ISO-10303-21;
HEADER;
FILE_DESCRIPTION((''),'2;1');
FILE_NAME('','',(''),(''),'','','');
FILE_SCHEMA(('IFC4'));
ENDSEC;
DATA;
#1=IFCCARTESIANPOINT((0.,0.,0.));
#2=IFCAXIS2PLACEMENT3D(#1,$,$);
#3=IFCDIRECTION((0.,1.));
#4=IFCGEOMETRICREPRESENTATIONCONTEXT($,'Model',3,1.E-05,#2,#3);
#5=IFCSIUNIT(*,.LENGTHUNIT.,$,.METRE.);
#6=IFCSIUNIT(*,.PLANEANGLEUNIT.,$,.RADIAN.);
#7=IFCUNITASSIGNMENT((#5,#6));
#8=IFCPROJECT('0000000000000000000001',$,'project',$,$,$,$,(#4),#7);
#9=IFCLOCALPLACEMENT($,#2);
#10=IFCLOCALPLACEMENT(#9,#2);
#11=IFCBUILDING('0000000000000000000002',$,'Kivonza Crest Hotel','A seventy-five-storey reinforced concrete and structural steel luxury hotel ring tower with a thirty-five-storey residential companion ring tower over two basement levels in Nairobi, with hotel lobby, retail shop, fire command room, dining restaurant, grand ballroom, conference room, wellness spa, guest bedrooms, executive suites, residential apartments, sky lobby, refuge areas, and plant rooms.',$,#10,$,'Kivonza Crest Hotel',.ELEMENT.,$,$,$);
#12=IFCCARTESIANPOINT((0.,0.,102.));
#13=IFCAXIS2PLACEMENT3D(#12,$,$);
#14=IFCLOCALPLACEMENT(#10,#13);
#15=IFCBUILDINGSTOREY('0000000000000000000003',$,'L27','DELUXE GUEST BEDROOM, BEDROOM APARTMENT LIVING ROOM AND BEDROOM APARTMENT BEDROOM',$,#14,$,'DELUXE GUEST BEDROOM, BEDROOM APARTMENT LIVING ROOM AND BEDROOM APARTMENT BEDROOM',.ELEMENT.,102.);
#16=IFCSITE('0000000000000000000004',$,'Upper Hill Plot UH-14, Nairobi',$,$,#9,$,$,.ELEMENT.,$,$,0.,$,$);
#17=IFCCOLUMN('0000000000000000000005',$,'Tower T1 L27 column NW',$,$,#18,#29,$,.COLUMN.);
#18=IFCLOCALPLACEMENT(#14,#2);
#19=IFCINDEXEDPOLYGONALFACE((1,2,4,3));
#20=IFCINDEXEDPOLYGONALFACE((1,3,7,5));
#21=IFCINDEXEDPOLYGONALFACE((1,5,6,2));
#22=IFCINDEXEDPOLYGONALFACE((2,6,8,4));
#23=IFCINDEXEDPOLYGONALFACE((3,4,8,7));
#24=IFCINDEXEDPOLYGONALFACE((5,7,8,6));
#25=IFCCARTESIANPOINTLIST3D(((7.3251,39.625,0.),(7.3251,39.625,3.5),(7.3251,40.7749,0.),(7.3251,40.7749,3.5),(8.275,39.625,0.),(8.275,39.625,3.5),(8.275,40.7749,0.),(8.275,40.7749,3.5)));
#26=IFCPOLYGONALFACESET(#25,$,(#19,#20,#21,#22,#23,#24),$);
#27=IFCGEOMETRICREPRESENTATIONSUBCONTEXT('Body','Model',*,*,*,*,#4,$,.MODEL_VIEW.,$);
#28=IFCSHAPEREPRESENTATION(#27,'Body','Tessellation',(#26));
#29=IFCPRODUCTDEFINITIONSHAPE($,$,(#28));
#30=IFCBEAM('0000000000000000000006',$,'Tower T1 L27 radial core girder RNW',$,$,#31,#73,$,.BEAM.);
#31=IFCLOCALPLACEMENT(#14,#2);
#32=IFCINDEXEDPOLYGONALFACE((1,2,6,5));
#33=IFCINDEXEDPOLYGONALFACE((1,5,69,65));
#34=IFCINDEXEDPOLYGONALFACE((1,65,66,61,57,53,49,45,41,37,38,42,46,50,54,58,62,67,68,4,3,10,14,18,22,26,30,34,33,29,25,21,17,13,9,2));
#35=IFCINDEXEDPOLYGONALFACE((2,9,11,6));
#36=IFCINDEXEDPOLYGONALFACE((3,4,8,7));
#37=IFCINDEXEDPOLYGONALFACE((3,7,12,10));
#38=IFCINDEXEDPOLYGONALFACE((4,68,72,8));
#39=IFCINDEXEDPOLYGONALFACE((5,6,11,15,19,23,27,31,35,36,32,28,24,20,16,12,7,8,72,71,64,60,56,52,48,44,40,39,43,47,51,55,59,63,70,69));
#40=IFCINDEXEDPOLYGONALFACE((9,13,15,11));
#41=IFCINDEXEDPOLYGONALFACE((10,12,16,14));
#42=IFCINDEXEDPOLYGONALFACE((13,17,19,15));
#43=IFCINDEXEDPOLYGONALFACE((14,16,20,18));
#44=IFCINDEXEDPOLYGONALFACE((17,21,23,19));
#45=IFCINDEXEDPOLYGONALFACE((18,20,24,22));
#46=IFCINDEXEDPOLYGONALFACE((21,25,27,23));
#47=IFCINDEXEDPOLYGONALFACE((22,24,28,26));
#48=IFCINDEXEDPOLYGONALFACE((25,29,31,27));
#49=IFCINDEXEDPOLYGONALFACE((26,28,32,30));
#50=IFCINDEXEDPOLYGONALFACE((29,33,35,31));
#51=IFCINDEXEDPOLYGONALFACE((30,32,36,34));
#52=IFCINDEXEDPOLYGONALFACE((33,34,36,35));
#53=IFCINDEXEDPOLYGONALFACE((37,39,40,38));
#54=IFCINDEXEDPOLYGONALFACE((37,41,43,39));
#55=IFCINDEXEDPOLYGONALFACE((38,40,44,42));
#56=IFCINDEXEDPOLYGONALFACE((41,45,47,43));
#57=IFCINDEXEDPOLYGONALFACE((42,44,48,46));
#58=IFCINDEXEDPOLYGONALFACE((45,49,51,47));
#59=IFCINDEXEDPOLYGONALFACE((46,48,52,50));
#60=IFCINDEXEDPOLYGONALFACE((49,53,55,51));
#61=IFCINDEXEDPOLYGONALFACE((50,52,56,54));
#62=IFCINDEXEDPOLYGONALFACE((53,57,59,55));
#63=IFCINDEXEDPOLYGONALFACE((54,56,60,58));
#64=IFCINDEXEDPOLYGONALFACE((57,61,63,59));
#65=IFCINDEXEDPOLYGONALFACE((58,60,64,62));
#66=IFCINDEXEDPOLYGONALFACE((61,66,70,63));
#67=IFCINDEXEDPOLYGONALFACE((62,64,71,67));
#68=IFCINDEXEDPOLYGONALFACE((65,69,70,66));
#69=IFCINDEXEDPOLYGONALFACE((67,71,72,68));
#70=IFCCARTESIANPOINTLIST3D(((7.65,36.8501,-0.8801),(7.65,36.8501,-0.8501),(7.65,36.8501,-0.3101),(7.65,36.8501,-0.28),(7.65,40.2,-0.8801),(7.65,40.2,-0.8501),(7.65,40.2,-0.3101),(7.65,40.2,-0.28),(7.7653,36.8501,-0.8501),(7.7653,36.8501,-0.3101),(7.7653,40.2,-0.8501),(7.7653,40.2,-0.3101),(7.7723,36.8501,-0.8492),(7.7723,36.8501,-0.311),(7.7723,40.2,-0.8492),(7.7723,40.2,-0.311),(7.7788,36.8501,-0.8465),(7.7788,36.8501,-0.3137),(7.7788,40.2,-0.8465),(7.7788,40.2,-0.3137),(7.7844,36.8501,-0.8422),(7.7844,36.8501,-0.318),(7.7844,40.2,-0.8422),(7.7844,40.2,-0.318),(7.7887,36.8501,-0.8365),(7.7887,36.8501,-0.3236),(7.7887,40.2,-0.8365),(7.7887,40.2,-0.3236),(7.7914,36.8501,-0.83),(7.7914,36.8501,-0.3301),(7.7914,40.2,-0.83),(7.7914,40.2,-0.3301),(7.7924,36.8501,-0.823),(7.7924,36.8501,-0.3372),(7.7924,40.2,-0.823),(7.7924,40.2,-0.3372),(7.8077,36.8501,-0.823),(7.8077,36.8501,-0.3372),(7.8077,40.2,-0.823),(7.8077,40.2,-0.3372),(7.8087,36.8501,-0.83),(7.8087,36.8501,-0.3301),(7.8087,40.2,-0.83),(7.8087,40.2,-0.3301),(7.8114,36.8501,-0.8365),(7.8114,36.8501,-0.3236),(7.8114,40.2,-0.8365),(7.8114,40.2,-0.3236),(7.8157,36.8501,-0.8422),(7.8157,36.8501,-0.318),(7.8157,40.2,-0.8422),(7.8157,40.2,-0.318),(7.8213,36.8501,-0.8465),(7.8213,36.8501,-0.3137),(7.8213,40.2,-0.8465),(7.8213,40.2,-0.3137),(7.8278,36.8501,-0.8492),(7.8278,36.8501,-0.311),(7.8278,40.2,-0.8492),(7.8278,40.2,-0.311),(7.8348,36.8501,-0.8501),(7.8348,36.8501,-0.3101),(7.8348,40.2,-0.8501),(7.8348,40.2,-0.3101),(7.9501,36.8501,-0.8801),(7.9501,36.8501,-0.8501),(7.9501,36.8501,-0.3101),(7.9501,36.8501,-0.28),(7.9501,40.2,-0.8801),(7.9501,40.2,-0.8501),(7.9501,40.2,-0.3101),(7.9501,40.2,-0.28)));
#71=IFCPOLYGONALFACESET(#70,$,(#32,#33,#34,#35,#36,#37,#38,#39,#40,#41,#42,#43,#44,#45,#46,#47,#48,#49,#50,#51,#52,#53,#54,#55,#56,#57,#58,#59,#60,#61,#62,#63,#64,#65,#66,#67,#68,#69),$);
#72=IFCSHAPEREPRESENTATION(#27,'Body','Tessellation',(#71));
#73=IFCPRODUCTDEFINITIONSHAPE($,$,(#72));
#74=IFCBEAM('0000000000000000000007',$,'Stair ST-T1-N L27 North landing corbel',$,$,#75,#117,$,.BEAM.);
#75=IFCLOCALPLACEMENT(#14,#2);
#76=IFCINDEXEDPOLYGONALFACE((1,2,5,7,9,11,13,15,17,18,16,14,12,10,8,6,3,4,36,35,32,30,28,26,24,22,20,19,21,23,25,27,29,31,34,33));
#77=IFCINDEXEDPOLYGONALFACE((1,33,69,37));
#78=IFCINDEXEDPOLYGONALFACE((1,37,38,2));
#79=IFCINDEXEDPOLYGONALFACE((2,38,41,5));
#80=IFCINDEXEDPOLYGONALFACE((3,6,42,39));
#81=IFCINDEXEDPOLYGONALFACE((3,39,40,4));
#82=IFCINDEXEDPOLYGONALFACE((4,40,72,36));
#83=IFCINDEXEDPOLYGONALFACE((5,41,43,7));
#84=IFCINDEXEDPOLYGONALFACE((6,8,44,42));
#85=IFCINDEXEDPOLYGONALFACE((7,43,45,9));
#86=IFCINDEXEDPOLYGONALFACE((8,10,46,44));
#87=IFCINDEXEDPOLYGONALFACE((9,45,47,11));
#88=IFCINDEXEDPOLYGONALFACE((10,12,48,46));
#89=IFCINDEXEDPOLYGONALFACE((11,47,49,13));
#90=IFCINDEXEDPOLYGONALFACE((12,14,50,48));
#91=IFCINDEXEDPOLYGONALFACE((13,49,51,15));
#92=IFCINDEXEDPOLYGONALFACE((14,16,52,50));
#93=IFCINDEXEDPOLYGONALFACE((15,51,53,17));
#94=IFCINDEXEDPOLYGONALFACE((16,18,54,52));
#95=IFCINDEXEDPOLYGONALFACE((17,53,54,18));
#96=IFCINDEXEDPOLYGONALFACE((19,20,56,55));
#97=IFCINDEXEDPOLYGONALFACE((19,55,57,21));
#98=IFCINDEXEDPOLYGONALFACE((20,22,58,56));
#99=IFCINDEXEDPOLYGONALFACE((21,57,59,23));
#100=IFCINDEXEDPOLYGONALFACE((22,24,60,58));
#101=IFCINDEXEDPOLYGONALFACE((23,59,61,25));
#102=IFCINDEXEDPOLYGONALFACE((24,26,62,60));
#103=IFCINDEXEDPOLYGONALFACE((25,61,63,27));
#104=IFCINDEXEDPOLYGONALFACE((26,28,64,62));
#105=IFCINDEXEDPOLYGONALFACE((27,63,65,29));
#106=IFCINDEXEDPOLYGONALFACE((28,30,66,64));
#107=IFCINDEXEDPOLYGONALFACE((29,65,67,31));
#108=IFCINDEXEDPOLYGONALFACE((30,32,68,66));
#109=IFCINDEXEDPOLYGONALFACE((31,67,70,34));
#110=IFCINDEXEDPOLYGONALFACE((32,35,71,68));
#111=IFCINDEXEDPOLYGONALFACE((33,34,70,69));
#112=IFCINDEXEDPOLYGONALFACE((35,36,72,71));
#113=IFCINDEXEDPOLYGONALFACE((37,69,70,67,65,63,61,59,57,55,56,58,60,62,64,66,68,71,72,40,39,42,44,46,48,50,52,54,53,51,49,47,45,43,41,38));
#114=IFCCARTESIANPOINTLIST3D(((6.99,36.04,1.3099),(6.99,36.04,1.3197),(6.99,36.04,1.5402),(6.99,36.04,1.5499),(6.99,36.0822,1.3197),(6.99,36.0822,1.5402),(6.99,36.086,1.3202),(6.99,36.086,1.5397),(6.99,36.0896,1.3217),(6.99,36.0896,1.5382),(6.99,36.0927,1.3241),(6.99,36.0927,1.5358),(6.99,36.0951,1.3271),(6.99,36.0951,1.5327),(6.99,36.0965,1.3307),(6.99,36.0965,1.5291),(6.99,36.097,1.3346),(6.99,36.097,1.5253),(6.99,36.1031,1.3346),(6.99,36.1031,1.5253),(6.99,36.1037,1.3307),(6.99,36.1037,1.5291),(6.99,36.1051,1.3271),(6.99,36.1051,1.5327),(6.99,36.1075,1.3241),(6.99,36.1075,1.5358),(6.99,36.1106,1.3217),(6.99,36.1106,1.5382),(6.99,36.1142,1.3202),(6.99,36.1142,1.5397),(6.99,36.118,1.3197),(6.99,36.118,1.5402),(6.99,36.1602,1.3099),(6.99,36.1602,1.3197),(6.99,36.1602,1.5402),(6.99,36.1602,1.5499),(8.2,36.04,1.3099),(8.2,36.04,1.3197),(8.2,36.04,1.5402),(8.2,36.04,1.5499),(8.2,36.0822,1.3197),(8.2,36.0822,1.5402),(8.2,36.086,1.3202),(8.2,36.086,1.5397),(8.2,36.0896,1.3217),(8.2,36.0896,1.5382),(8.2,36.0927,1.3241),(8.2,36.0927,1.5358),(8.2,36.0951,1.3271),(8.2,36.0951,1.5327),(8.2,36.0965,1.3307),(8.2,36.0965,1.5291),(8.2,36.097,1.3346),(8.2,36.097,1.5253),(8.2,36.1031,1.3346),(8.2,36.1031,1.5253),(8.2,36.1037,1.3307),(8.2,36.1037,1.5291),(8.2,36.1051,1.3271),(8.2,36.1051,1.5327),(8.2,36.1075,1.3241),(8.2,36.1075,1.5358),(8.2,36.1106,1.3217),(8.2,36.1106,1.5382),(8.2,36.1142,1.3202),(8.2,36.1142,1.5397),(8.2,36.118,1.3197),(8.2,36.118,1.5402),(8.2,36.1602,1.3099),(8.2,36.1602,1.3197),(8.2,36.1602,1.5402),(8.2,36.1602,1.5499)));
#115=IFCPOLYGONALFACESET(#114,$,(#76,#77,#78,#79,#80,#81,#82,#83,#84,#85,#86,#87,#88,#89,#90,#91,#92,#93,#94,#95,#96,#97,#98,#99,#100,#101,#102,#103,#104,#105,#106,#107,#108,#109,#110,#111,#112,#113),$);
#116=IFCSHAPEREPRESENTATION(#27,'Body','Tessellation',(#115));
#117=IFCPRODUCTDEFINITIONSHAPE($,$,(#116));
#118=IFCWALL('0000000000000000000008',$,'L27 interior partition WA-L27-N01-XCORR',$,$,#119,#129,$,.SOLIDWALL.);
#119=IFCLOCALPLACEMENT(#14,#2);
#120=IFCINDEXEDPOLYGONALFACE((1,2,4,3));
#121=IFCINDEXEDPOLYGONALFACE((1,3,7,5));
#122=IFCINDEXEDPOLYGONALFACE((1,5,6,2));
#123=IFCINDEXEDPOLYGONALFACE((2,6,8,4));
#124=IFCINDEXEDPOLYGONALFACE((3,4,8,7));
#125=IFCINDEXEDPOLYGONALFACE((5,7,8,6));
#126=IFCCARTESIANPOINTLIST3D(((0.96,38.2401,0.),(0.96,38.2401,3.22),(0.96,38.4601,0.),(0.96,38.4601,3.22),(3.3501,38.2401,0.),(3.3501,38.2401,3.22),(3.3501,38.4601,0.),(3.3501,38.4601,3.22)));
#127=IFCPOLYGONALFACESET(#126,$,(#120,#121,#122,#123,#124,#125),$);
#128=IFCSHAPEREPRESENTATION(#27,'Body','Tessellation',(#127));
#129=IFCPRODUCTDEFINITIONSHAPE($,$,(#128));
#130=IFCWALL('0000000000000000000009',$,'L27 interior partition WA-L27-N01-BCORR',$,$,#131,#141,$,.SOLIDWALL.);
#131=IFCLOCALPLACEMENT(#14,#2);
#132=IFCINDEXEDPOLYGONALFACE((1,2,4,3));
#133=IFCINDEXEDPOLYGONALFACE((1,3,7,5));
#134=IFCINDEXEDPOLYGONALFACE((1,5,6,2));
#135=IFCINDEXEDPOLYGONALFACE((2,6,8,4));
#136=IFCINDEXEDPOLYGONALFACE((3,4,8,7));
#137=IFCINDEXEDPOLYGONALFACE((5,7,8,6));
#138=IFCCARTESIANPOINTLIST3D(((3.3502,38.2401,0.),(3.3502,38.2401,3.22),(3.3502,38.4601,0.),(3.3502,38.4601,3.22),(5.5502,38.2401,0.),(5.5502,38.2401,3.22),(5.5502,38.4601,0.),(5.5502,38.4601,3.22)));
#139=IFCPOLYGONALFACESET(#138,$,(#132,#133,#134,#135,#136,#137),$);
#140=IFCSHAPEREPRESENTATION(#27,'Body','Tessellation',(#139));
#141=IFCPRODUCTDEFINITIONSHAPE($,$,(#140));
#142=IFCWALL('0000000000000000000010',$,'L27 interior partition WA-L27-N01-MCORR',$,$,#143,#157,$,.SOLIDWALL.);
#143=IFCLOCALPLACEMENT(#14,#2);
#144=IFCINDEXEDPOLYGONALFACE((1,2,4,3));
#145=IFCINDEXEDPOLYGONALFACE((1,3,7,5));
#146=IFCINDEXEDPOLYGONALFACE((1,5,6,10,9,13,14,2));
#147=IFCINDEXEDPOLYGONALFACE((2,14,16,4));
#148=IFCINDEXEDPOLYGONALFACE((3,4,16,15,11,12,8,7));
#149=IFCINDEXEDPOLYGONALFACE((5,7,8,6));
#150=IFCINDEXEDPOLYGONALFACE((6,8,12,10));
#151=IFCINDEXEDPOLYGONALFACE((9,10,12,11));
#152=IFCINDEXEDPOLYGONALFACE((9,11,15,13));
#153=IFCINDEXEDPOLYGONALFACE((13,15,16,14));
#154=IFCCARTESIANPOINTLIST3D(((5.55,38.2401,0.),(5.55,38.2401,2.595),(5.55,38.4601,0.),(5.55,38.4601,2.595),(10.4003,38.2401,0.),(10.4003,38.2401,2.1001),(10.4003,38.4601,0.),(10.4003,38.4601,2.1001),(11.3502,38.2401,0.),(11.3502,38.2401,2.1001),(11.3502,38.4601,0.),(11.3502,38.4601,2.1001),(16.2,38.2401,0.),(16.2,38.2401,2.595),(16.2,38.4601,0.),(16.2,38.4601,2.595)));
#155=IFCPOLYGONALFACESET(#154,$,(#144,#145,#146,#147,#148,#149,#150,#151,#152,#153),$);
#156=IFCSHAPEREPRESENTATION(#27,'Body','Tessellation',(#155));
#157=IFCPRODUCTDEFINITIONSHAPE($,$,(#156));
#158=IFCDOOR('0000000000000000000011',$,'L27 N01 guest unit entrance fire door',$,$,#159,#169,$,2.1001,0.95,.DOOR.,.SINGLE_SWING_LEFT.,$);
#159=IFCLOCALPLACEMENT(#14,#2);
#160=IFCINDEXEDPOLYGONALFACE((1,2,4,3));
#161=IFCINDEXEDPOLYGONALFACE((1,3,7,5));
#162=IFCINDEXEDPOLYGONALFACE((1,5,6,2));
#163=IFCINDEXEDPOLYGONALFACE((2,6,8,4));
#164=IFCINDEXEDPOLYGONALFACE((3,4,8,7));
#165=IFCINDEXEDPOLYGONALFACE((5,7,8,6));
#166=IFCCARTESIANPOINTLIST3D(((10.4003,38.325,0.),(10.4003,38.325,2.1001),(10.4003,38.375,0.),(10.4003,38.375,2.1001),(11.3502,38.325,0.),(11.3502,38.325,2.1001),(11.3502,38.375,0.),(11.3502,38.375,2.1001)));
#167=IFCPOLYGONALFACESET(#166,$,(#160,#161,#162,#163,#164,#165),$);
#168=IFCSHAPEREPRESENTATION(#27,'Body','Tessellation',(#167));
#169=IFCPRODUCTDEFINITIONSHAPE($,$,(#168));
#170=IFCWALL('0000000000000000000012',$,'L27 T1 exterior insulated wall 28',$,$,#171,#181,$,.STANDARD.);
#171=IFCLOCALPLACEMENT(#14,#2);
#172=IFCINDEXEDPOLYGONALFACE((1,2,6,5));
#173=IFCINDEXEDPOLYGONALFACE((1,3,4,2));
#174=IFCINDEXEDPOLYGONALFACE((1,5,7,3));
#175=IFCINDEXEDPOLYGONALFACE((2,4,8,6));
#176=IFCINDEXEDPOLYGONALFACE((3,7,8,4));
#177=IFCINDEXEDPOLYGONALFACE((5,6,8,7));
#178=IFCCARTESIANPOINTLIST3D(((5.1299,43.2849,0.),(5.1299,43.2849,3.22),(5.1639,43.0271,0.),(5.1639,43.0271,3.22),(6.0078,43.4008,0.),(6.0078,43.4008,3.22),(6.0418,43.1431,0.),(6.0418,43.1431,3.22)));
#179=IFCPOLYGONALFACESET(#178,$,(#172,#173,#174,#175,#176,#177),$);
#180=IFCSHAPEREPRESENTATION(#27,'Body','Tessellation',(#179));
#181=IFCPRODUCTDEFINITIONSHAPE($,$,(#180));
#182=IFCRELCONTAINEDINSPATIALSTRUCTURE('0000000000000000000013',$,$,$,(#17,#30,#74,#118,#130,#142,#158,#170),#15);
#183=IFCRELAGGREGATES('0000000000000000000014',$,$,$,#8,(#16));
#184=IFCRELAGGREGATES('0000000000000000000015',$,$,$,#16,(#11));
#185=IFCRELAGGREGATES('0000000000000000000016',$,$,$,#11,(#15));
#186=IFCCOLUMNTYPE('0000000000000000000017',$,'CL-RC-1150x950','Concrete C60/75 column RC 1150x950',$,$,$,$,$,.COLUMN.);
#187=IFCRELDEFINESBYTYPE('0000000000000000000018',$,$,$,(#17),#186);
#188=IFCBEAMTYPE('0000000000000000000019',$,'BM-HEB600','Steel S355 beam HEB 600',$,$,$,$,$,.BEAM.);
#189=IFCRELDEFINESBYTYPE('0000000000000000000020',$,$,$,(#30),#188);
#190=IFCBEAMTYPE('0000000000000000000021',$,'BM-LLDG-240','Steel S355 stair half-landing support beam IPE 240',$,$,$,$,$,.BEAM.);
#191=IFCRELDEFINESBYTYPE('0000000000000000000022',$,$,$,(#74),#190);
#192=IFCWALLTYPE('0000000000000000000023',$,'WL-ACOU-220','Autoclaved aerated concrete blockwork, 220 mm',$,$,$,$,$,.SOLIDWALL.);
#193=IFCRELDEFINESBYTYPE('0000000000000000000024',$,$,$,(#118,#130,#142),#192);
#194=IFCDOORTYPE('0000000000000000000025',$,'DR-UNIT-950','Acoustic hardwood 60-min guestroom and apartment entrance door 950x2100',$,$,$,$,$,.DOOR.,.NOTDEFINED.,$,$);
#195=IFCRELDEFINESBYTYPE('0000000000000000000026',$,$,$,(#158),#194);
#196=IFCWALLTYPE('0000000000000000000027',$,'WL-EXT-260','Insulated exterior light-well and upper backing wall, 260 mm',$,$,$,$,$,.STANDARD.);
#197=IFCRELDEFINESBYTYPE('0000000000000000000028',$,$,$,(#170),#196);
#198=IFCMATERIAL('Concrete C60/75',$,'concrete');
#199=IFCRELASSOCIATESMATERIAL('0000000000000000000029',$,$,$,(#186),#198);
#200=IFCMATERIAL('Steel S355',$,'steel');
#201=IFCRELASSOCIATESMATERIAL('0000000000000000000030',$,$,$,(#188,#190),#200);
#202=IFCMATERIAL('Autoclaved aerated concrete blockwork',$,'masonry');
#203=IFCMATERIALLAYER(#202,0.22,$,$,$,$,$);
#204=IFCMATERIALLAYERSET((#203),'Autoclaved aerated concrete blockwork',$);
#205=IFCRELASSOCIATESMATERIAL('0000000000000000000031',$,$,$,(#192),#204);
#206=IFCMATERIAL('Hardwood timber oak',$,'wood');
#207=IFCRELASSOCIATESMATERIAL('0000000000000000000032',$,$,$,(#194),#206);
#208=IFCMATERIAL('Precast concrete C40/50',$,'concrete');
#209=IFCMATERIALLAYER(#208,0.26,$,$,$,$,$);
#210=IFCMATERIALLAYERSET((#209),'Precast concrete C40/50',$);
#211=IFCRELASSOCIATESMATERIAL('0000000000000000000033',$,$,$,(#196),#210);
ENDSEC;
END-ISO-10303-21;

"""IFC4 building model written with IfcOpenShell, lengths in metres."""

from ifc_helpers import new_model, si_unit, direction, frame, frame_2d, origin, origin_2d, place, context, subcontext, project, spatial, rectangle, i_section, extrude, material, layer, layer_set, material_profile, profile_set, type_object, element, fill, save


model = new_model("IFC4")

# Units and contexts
model_context = context("Model", 3, precision=1e-05, world=origin(), true_north=direction((0.0, 1.0)))
body_context = subcontext(model_context, "Body", "Model", "MODEL_VIEW")
ifc_project = project(units=[si_unit("LENGTHUNIT", "METRE"), si_unit("PLANEANGLEUNIT", "RADIAN")], contexts=[model_context])

# Site, building, storey
site_placement = place(None, origin())
site = spatial("IfcSite", under=ifc_project, at=site_placement, Name="Upper Hill Plot UH-14, Nairobi", CompositionType="ELEMENT", RefElevation=0.0)
building_placement = place(site_placement, origin())
building = spatial("IfcBuilding", under=site, at=building_placement, Name="Kivonza Crest Hotel", Description="A seventy-five-storey reinforced concrete and structural steel luxury hotel ring tower with a thirty-five-storey residential companion ring tower over two basement levels in Nairobi, with hotel lobby, retail shop, fire command room, dining restaurant, grand ballroom, conference room, wellness spa, guest bedrooms, executive suites, residential apartments, sky lobby, refuge areas, and plant rooms.", LongName="Kivonza Crest Hotel", CompositionType="ELEMENT")
storey_placement = place(building_placement, frame((0.0, 0.0, 102.0)))
storey = spatial("IfcBuildingStorey", under=building, at=storey_placement, Name="L27", Description="DELUXE GUEST BEDROOM, BEDROOM APARTMENT LIVING ROOM AND BEDROOM APARTMENT BEDROOM", LongName="DELUXE GUEST BEDROOM, BEDROOM APARTMENT LIVING ROOM AND BEDROOM APARTMENT BEDROOM", CompositionType="ELEMENT", Elevation=102.0)

# Column
ifc_material_1 = material(Name="Concrete C60/75", Category="concrete")
ifc_material_profile_1 = material_profile(ifc_material_1, rectangle(XDim=0.95, YDim=1.1499, at=origin_2d()), Name="RC 1150x950")
ifc_profile_set_1 = profile_set([ifc_material_profile_1], Name="Concrete C60/75")
column_type = type_object("IfcColumnType", Name="CL-RC-1150x950", Description="Concrete C60/75 column RC 1150x950", PredefinedType="COLUMN", material=ifc_profile_set_1)
column_placement = place(storey_placement, frame((7.8, 40.2, 0.0), z_axis=(0.0, 0.0, 1.0), x_axis=(1.0, 0.0, 0.0)))
element("IfcColumn", 1, at=column_placement, inside=storey, type_object=column_type, Name="Tower T1 L27 column NW", PredefinedType="COLUMN", context=body_context, shape_type="SweptSolid", body=[
    extrude(rectangle(XDim=0.95, YDim=1.1499, at=origin_2d()), origin(), (0.0, 0.0, 1.0), 3.5),
])

# Beams
ifc_material_2 = material(Name="Steel S355", Category="steel")
ifc_material_profile_2 = material_profile(ifc_material_2, i_section(OverallWidth=0.3, OverallDepth=0.6001, WebThickness=0.0154, FlangeThickness=0.03, FilletRadius=0.0271, at=origin_2d()), Name="HEB 600")
ifc_profile_set_2 = profile_set([ifc_material_profile_2], Name="Steel S355")
beam_type_1 = type_object("IfcBeamType", Name="BM-HEB600", Description="Steel S355 beam HEB 600", PredefinedType="BEAM", material=ifc_profile_set_2)
beam_1_placement = place(storey_placement, frame((7.8, 40.2, -0.5801), z_axis=(0.0, -1.0, 0.0), x_axis=(1.0, 0.0, 0.0)))
element("IfcBeam", 2, at=beam_1_placement, inside=storey, type_object=beam_type_1, Name="Tower T1 L27 radial core girder RNW", PredefinedType="BEAM", context=body_context, shape_type="SweptSolid", body=[
    extrude(i_section(OverallWidth=0.3, OverallDepth=0.6001, WebThickness=0.0154, FlangeThickness=0.03, FilletRadius=0.0271, at=origin_2d()), origin(), (0.0, 0.0, 1.0), 3.3499),
])
ifc_material_profile_3 = material_profile(ifc_material_2, i_section(OverallWidth=0.1201, OverallDepth=0.24, WebThickness=0.0061, FlangeThickness=0.0098, FilletRadius=0.0149, at=origin_2d()), Name="IPE 240")
ifc_profile_set_3 = profile_set([ifc_material_profile_3], Name="Steel S355")
beam_type_2 = type_object("IfcBeamType", Name="BM-LLDG-240", Description="Steel S355 stair half-landing support beam IPE 240", PredefinedType="BEAM", material=ifc_profile_set_3)
beam_2_placement = place(storey_placement, frame((6.99, 36.1001, 1.4299), z_axis=(1.0, 0.0, 0.0), x_axis=(0.0, 1.0, 0.0)))
element("IfcBeam", 3, at=beam_2_placement, inside=storey, type_object=beam_type_2, Name="Stair ST-T1-N L27 North landing corbel", PredefinedType="BEAM", context=body_context, shape_type="SweptSolid", body=[
    extrude(i_section(OverallWidth=0.1201, OverallDepth=0.24, WebThickness=0.0061, FlangeThickness=0.0098, FilletRadius=0.0149, at=origin_2d()), origin(), (0.0, 0.0, 1.0), 1.21),
])

# Walls
ifc_material_3 = material(Name="Autoclaved aerated concrete blockwork", Category="masonry")
ifc_layer_1 = layer(ifc_material_3, 0.22)
ifc_layer_set_1 = layer_set([ifc_layer_1], Name="Autoclaved aerated concrete blockwork")
wall_type_1 = type_object("IfcWallType", Name="WL-ACOU-220", Description="Autoclaved aerated concrete blockwork, 220 mm", PredefinedType="SOLIDWALL", material=ifc_layer_set_1)
wall_1_placement = place(storey_placement, frame((0.96, 38.3501, 0.0), z_axis=(0.0, 0.0, 1.0), x_axis=(1.0, 0.0, 0.0)))
element("IfcWall", 4, at=wall_1_placement, inside=storey, type_object=wall_type_1, Name="L27 interior partition WA-L27-N01-XCORR", PredefinedType="SOLIDWALL", context=body_context, shape_type="SweptSolid", body=[
    extrude(rectangle(XDim=2.3901, YDim=0.22, at=frame_2d((1.1951, 0.0))), origin(), (0.0, 0.0, 1.0), 3.22),
])
wall_2_placement = place(storey_placement, frame((3.3501, 38.3501, 0.0), z_axis=(0.0, 0.0, 1.0), x_axis=(1.0, 0.0, 0.0)))
element("IfcWall", 5, at=wall_2_placement, inside=storey, type_object=wall_type_1, Name="L27 interior partition WA-L27-N01-BCORR", PredefinedType="SOLIDWALL", context=body_context, shape_type="SweptSolid", body=[
    extrude(rectangle(XDim=2.2, YDim=0.22, at=frame_2d((1.1001, 0.0))), origin(), (0.0, 0.0, 1.0), 3.22),
])

# Wall, opening, door
wall_3_placement = place(storey_placement, frame((5.55, 38.3501, 0.0), z_axis=(0.0, 0.0, 1.0), x_axis=(1.0, 0.0, 0.0)))
wall_3 = element("IfcWall", 6, at=wall_3_placement, inside=storey, type_object=wall_type_1, Name="L27 interior partition WA-L27-N01-MCORR", PredefinedType="SOLIDWALL", context=body_context, shape_type="SweptSolid", body=[
    extrude(rectangle(XDim=10.6499, YDim=0.22, at=frame_2d((5.325, 0.0))), origin(), (0.0, 0.0, 1.0), 2.595),
])
opening_1_placement = place(wall_3_placement, frame((4.8501, 0.0, 0.0)))
opening_1 = element("IfcOpeningElement", 7, at=opening_1_placement, cuts=wall_3, PredefinedType="OPENING", context=body_context, shape_type="SweptSolid", body=[
    extrude(rectangle(XDim=0.95, YDim=2.1001, at=frame_2d((0.4751, 1.05))), frame((0.0, 0.1201, 0.0), z_axis=(0.0, -1.0, 0.0), x_axis=(1.0, 0.0, 0.0)), (0.0, 0.0, 1.0), 0.24),
])
ifc_material_4 = material(Name="Hardwood timber oak", Category="wood")
door_type_1 = type_object("IfcDoorType", Name="DR-UNIT-950", Description="Acoustic hardwood 60-min guestroom and apartment entrance door 950x2100", OperationType="NOTDEFINED", PredefinedType="DOOR", material=ifc_material_4)
door_1_placement = place(opening_1_placement, origin())
door_1 = element("IfcDoor", 8, at=door_1_placement, inside=storey, type_object=door_type_1, Name="L27 N01 guest unit entrance fire door", OperationType="SINGLE_SWING_LEFT", OverallHeight=2.1001, OverallWidth=0.95, PredefinedType="DOOR", context=body_context, shape_type="SweptSolid", body=[
    extrude(rectangle(XDim=0.95, YDim=2.1001, at=frame_2d((0.4751, 1.05))), frame((0.0, 0.0249, 0.0), z_axis=(0.0, -1.0, 0.0), x_axis=(1.0, 0.0, 0.0)), (0.0, 0.0, 1.0), 0.05),
])
fill(opening_1, door_1)

# Wall
ifc_material_5 = material(Name="Precast concrete C40/50", Category="concrete")
ifc_layer_2 = layer(ifc_material_5, 0.26)
ifc_layer_set_2 = layer_set([ifc_layer_2], Name="Precast concrete C40/50")
wall_type_2 = type_object("IfcWallType", Name="WL-EXT-260", Description="Insulated exterior light-well and upper backing wall, 260 mm", PredefinedType="STANDARD", material=ifc_layer_set_2)
wall_4_placement = place(storey_placement, frame((6.0249, 43.272, 0.0), z_axis=(0.0, 0.0, 1.0), x_axis=(-0.991388, -0.130954, 0.0)))
element("IfcWall", 9, at=wall_4_placement, inside=storey, type_object=wall_type_2, Name="L27 T1 exterior insulated wall 28", PredefinedType="STANDARD", context=body_context, shape_type="SweptSolid", body=[
    extrude(rectangle(XDim=0.8855, YDim=0.26, at=frame_2d((0.4429, 0.0))), origin(), (0.0, 0.0, 1.0), 3.22),
])

save(model, "model.ifc")
